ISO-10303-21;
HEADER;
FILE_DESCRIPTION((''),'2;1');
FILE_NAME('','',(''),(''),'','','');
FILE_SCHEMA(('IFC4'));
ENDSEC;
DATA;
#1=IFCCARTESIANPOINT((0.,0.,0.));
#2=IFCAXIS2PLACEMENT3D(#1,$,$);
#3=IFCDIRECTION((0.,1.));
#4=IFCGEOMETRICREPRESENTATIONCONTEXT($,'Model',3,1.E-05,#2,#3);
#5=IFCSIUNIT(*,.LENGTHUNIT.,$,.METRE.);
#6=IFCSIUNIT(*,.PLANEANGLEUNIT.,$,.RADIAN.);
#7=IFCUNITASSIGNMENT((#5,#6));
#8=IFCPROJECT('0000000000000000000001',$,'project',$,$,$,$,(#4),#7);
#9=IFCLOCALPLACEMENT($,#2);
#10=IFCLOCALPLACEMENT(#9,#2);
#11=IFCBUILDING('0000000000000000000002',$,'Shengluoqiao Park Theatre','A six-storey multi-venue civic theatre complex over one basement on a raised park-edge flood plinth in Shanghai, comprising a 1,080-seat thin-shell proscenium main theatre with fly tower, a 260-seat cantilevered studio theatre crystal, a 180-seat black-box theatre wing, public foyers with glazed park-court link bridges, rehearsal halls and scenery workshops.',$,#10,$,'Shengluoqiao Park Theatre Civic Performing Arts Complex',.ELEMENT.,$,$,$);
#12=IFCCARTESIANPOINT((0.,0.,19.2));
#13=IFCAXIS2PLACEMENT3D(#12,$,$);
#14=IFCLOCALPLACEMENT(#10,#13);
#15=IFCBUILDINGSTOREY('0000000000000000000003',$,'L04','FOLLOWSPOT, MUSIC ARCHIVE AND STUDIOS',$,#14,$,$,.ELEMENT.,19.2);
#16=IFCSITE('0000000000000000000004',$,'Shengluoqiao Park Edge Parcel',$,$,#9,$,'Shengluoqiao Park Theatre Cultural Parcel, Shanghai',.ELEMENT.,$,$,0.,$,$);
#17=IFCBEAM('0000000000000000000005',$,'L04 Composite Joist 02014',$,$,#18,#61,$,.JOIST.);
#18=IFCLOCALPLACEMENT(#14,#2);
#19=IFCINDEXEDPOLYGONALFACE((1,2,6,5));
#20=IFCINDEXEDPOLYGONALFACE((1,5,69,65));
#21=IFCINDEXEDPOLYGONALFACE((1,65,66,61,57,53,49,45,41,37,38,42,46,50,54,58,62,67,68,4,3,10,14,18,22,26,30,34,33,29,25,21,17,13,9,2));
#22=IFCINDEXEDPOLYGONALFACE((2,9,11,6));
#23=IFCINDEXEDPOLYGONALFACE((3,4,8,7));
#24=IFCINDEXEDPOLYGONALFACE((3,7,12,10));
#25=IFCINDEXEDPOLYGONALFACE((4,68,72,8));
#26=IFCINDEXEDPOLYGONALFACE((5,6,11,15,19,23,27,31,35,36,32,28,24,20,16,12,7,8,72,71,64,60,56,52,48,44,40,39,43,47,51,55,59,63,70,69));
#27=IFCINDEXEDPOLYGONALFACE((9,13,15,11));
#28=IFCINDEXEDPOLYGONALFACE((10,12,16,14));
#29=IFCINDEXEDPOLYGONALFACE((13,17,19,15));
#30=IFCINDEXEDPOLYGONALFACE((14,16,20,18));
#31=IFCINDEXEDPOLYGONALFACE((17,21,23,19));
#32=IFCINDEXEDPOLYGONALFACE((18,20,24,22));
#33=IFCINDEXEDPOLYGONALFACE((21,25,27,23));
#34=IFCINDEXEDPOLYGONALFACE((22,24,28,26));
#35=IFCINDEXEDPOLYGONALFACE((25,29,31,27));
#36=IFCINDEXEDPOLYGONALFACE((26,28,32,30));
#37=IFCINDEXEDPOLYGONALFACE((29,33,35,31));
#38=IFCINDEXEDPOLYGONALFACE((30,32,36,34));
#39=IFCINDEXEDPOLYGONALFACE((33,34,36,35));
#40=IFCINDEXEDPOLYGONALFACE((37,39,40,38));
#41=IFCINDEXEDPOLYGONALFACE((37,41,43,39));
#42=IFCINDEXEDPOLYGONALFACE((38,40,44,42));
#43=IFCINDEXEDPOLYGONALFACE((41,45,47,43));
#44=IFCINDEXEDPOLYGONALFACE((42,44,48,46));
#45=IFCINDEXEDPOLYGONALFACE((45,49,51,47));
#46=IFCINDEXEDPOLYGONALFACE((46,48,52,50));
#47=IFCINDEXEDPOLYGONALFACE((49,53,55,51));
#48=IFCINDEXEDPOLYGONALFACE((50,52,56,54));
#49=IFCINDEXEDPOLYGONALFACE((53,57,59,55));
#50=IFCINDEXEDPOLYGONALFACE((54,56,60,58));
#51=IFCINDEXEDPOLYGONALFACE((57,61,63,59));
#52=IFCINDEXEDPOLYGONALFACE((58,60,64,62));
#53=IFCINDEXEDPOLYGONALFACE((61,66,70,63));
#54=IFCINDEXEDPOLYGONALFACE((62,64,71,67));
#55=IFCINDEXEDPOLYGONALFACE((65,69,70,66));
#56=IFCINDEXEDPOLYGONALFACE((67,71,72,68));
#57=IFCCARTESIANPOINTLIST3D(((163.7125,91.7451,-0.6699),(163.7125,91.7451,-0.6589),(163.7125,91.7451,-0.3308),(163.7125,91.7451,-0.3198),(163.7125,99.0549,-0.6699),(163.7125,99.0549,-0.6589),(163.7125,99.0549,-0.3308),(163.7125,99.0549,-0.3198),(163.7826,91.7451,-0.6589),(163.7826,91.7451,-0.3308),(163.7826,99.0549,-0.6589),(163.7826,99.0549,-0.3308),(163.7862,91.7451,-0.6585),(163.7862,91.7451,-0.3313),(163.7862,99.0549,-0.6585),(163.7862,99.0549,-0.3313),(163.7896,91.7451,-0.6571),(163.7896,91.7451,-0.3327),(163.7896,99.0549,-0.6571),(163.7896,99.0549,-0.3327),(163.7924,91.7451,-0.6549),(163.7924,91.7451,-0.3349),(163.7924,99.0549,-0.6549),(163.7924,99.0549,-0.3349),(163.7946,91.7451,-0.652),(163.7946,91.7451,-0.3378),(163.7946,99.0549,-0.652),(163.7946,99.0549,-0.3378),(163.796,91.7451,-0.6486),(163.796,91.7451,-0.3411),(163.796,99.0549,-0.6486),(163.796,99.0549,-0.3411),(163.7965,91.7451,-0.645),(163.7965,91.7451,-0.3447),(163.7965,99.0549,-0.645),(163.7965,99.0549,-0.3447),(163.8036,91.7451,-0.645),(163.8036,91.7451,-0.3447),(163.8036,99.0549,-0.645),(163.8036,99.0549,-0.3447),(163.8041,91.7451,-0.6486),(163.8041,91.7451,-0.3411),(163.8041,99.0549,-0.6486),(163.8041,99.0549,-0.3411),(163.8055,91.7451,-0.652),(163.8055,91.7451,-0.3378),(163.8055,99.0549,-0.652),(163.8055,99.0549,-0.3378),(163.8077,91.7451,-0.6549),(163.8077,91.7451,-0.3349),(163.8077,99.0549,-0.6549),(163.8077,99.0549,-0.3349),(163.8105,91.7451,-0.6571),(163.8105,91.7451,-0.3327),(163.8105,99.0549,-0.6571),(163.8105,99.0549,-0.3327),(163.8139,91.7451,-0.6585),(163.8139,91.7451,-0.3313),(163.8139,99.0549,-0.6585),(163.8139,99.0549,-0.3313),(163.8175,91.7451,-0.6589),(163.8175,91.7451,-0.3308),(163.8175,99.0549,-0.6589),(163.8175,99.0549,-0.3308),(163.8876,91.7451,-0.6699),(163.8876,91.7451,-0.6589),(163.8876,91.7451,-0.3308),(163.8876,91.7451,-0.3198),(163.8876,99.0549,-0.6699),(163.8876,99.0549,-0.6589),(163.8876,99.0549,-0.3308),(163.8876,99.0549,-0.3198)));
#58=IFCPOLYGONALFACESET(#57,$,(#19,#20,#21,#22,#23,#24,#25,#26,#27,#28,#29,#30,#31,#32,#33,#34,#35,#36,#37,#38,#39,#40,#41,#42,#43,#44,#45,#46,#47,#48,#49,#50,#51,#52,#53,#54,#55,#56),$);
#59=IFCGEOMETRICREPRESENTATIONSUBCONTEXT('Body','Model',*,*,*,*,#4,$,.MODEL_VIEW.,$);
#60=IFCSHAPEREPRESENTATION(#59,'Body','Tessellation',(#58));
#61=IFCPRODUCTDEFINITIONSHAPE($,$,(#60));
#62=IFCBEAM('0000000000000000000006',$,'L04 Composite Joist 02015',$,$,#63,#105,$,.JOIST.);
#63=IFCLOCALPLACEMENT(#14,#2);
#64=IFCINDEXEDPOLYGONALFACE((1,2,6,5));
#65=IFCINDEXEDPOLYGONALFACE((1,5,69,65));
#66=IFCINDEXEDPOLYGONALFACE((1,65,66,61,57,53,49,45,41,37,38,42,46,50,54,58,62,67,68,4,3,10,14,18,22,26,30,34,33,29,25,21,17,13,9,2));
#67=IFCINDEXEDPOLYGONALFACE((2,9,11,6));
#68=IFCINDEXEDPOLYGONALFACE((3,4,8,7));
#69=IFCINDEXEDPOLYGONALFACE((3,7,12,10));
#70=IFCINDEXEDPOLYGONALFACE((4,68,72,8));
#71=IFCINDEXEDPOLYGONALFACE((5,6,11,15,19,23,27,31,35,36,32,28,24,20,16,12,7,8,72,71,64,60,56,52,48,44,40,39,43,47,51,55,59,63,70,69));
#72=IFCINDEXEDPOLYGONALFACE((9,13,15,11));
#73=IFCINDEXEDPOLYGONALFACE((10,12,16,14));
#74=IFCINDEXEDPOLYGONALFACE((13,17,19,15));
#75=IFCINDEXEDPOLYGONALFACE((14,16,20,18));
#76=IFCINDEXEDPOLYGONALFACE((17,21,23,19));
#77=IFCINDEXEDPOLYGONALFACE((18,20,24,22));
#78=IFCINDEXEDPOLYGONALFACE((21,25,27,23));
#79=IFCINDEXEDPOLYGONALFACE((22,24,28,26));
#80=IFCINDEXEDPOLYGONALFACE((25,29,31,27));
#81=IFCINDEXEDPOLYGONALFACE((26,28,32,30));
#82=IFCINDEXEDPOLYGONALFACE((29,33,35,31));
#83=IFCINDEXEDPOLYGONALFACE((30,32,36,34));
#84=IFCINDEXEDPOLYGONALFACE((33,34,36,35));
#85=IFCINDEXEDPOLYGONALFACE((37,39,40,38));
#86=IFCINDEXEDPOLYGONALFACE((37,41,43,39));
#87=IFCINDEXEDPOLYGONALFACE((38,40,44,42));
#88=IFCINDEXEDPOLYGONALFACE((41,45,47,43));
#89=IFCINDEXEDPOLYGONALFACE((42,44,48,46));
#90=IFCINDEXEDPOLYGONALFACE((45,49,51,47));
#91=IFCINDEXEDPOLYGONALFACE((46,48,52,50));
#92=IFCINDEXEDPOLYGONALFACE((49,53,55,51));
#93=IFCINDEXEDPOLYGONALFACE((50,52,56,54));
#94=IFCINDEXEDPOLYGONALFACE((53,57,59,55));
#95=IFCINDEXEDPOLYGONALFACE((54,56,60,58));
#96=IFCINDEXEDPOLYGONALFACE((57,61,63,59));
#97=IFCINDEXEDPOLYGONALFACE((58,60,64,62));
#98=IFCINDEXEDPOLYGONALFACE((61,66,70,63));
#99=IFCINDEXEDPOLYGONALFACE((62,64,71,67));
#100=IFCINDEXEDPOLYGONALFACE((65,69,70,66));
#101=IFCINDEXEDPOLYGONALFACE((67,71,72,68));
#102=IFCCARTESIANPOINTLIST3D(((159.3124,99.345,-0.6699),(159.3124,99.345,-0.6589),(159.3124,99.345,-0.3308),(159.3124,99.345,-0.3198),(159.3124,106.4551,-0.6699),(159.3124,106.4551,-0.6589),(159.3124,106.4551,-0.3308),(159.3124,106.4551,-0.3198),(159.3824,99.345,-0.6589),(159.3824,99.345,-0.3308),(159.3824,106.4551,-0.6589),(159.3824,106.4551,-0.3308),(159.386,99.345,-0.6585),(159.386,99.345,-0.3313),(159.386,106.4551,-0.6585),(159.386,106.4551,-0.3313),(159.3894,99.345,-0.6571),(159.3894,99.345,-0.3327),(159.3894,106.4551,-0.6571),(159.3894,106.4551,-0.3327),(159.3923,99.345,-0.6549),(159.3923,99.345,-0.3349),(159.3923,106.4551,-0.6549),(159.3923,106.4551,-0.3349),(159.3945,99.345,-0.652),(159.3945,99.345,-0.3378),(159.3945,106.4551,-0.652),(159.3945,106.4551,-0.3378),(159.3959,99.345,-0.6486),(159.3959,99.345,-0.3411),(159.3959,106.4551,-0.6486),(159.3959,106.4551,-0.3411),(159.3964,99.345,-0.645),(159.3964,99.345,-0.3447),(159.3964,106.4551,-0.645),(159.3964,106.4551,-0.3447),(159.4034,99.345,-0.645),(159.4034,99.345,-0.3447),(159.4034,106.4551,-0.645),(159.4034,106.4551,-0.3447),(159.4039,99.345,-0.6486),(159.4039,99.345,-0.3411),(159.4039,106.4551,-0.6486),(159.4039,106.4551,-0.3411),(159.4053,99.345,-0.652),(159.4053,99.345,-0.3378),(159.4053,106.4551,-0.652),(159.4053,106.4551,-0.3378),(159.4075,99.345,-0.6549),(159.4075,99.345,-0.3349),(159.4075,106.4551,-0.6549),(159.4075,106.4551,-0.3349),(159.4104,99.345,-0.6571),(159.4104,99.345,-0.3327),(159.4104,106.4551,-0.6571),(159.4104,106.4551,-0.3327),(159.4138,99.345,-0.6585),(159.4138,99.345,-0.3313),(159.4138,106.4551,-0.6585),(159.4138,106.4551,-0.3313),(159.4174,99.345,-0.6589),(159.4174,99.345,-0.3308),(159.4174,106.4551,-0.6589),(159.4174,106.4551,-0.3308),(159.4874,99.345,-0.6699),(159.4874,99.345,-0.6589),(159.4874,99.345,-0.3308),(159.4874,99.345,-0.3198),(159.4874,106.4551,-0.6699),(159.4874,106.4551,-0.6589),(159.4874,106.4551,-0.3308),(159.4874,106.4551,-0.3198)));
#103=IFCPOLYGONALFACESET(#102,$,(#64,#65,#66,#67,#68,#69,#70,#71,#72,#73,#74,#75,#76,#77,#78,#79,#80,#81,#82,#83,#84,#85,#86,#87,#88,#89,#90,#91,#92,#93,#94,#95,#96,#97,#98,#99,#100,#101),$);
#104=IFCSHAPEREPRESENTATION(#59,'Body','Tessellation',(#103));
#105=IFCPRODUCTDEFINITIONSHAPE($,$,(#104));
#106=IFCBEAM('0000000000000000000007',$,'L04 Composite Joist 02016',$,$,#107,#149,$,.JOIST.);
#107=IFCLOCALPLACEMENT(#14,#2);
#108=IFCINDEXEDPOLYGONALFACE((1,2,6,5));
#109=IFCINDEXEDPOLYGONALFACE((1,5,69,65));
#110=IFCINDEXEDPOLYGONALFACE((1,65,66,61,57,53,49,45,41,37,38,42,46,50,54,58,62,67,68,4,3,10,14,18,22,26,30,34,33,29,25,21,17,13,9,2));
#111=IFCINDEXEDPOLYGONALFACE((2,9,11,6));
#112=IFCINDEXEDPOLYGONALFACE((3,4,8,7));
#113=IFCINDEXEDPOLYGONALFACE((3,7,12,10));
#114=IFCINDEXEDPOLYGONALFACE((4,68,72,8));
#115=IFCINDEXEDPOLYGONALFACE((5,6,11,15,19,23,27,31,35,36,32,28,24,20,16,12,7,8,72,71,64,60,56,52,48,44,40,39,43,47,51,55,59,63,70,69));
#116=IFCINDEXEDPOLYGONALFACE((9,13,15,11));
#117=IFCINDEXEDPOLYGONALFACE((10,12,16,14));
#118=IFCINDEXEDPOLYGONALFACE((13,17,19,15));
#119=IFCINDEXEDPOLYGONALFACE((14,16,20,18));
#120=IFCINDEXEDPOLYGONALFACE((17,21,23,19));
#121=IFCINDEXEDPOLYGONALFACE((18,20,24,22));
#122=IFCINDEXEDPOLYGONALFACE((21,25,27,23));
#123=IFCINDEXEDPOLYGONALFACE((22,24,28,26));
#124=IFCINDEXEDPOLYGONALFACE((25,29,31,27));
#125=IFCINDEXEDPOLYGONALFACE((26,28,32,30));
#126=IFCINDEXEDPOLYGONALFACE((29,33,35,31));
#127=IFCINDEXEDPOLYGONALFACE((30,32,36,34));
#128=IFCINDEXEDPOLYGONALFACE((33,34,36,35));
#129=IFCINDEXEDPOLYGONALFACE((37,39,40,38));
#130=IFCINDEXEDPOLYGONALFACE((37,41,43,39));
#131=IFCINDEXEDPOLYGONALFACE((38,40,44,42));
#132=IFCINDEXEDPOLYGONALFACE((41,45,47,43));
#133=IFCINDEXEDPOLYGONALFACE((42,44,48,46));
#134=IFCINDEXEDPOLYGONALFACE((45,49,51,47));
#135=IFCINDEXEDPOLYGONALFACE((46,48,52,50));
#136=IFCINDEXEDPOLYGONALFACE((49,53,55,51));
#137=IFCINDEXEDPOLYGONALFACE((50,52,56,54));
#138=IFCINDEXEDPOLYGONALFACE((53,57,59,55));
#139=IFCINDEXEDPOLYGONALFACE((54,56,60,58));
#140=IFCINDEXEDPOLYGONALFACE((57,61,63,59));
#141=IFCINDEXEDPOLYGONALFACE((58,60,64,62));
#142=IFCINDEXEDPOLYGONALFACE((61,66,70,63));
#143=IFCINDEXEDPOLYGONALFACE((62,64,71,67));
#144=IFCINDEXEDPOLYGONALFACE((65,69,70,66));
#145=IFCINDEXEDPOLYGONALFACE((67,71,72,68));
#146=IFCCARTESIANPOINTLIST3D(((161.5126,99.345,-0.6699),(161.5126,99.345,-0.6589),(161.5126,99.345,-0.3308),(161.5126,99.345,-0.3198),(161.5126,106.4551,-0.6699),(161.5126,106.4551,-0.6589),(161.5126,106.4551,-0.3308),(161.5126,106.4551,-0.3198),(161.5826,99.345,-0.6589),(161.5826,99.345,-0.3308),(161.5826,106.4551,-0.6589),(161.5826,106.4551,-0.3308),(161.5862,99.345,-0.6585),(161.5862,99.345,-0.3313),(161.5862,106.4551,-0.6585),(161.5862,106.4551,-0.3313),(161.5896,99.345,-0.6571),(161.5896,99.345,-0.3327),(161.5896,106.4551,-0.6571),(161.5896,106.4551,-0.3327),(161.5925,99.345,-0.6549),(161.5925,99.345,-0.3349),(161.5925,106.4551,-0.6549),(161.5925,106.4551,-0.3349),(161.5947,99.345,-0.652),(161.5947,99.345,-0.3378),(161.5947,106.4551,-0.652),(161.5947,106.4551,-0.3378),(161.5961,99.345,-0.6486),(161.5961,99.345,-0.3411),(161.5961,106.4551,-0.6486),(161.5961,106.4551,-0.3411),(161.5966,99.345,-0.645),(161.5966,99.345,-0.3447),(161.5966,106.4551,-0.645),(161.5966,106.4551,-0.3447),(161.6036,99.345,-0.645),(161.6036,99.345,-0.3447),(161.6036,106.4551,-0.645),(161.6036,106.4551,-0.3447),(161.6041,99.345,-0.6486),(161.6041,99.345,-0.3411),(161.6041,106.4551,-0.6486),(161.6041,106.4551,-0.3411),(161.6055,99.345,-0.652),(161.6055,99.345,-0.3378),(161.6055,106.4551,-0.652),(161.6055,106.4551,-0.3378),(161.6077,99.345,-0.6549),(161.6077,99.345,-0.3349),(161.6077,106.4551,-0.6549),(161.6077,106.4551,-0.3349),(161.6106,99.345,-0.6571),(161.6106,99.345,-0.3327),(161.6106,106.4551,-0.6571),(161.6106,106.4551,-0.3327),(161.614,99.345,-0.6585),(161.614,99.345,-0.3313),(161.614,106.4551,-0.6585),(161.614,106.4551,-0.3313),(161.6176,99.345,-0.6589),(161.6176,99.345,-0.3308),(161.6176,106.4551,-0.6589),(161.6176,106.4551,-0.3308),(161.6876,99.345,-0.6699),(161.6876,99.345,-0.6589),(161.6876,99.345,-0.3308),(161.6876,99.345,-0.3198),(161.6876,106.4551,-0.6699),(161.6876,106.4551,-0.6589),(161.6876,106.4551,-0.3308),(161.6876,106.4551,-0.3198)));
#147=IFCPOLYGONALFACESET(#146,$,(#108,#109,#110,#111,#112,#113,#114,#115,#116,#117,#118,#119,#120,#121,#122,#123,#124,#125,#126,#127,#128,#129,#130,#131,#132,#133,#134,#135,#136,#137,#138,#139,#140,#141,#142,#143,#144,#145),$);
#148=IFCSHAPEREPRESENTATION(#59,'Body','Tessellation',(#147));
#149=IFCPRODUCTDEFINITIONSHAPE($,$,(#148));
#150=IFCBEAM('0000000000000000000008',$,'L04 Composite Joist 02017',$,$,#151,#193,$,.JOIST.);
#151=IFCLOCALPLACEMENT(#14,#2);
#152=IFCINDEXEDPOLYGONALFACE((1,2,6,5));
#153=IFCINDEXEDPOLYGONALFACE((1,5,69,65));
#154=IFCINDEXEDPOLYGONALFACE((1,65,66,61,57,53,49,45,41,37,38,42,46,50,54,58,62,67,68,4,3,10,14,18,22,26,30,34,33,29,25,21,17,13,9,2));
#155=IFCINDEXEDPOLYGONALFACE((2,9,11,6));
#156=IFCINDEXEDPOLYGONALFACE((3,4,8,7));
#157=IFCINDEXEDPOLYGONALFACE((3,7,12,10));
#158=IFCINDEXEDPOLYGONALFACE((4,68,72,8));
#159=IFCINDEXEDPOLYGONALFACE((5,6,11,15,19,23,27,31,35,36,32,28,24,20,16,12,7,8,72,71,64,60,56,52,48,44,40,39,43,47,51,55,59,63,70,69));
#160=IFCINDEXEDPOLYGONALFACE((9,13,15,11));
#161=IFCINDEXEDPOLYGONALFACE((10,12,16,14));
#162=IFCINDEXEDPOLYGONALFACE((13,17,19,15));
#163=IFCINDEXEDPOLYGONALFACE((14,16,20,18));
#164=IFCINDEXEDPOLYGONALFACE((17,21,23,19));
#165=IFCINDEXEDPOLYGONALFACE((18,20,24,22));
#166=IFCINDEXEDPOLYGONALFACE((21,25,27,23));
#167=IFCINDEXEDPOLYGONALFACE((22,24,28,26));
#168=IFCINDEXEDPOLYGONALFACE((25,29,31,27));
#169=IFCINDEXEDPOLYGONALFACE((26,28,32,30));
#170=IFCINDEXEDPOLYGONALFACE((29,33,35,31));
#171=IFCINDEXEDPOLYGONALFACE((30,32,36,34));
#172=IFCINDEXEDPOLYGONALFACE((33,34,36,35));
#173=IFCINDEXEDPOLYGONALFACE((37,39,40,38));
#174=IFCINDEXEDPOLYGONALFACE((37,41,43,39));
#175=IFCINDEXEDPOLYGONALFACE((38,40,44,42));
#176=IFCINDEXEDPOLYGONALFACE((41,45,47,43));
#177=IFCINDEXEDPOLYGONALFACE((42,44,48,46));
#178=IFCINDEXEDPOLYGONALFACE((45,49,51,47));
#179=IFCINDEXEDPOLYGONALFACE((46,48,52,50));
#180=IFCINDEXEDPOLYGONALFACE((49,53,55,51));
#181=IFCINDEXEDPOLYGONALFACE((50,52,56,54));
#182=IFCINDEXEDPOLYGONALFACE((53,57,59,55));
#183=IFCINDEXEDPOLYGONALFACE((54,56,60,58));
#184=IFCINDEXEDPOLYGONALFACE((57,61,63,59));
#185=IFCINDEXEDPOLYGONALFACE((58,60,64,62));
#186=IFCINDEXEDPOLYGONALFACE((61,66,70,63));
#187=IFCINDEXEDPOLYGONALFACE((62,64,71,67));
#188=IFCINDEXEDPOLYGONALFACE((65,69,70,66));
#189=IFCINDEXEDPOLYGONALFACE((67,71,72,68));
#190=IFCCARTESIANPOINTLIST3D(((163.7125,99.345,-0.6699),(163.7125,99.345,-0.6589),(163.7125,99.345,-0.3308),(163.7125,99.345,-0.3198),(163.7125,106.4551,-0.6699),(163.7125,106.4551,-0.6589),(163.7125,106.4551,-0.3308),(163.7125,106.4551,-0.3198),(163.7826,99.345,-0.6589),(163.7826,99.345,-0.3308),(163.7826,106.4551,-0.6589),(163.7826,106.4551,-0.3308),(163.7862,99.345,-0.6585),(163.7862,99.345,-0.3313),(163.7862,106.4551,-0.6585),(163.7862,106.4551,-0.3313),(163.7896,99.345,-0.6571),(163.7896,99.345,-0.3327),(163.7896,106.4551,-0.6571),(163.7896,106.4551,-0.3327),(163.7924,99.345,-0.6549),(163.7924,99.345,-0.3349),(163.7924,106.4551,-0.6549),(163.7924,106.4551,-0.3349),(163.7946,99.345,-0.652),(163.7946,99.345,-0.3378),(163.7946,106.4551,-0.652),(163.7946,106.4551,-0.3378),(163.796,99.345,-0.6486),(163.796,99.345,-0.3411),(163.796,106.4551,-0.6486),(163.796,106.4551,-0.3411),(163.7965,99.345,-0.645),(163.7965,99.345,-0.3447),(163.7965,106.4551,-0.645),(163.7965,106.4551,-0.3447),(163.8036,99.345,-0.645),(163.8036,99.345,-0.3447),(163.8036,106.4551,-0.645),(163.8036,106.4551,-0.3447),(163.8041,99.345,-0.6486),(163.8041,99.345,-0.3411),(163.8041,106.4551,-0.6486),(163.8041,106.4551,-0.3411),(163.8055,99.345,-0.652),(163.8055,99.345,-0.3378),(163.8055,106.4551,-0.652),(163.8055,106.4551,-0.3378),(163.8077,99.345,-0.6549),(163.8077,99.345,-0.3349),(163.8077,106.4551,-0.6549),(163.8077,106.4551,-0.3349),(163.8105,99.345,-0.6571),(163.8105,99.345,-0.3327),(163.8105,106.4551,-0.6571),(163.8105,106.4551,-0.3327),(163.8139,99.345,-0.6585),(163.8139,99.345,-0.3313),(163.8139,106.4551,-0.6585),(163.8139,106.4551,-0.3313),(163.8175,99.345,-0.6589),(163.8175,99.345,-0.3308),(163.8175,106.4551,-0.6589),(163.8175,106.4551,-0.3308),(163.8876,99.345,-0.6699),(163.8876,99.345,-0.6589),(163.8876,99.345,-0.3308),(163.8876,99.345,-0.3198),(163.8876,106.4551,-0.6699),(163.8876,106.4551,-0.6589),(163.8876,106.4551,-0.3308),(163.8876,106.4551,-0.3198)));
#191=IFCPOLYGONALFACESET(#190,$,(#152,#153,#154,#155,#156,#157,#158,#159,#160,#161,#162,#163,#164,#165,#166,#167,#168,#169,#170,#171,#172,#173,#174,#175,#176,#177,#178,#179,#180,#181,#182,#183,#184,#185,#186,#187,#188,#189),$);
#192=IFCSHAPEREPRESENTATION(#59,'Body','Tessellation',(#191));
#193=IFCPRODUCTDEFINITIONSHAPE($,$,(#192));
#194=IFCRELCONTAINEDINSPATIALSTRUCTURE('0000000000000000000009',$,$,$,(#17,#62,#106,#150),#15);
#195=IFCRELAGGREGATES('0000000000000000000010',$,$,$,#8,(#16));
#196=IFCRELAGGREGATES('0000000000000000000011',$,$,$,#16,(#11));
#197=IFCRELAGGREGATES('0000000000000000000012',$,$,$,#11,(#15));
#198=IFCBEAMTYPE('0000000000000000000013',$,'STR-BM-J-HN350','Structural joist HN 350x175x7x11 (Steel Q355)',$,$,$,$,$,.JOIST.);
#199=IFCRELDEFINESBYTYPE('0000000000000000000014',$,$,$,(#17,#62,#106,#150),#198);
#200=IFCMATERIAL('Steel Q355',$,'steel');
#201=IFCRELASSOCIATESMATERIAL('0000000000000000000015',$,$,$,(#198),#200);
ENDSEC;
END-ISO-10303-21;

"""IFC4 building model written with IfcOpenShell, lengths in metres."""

from ifc_helpers import new_model, si_unit, direction, frame, origin, origin_2d, place, context, subcontext, project, spatial, i_section, extrude, material, material_profile, profile_set, type_object, element, save


model = new_model("IFC4")

# Units and contexts
model_context = context("Model", 3, precision=1e-05, world=origin(), true_north=direction((0.0, 1.0)))
body_context = subcontext(model_context, "Body", "Model", "MODEL_VIEW")
ifc_project = project(units=[si_unit("LENGTHUNIT", "METRE"), si_unit("PLANEANGLEUNIT", "RADIAN")], contexts=[model_context])

# Site, building, storey
site_placement = place(None, origin())
site = spatial("IfcSite", under=ifc_project, at=site_placement, Name="Shengluoqiao Park Edge Parcel", LongName="Shengluoqiao Park Theatre Cultural Parcel, Shanghai", CompositionType="ELEMENT", RefElevation=0.0)
building_placement = place(site_placement, origin())
building = spatial("IfcBuilding", under=site, at=building_placement, Name="Shengluoqiao Park Theatre", Description="A six-storey multi-venue civic theatre complex over one basement on a raised park-edge flood plinth in Shanghai, comprising a 1,080-seat thin-shell proscenium main theatre with fly tower, a 260-seat cantilevered studio theatre crystal, a 180-seat black-box theatre wing, public foyers with glazed park-court link bridges, rehearsal halls and scenery workshops.", LongName="Shengluoqiao Park Theatre Civic Performing Arts Complex", CompositionType="ELEMENT")
storey_placement = place(building_placement, frame((0.0, 0.0, 19.2)))
storey = spatial("IfcBuildingStorey", under=building, at=storey_placement, Name="L04", Description="FOLLOWSPOT, MUSIC ARCHIVE AND STUDIOS", CompositionType="ELEMENT", Elevation=19.2)

# Shared definitions
ifc_material_1 = material(Name="Steel Q355", Category="steel")

# Beams
ifc_material_profile_1 = material_profile(ifc_material_1, i_section(OverallWidth=0.175, OverallDepth=0.3501, WebThickness=0.0071, FlangeThickness=0.011, FilletRadius=0.0139, at=origin_2d()), Name="HN 350x175x7x11")
ifc_profile_set_1 = profile_set([ifc_material_profile_1], Name="Steel Q355")
beam_type_1 = type_object("IfcBeamType", Name="STR-BM-J-HN350", Description="Structural joist HN 350x175x7x11 (Steel Q355)", PredefinedType="JOIST", material=ifc_profile_set_1)
for number, where, z_axis, x_axis, name in (
    (1, (163.8, 91.7451, -0.4949), (0.0, 1.0, 0.0), (-1.0, 0.0, 0.0), "L04 Composite Joist 02014"),
):
    element("IfcBeam", number, at=place(storey_placement, frame(where, z_axis=z_axis, x_axis=x_axis)), inside=storey, type_object=beam_type_1, Name=name, PredefinedType="JOIST", context=body_context, shape_type="SweptSolid", body=[
        extrude(i_section(OverallWidth=0.175, OverallDepth=0.3501, WebThickness=0.0071, FlangeThickness=0.011, FilletRadius=0.0139, at=origin_2d()), origin(), (0.0, 0.0, 1.0), 7.3098),
    ])
for number, where, z_axis, x_axis, name in (
    (2, (159.3999, 99.345, -0.4949), (0.0, 1.0, 0.0), (-1.0, 0.0, 0.0), "L04 Composite Joist 02015"),
    (3, (161.6001, 99.345, -0.4949), (0.0, 1.0, 0.0), (-1.0, 0.0, 0.0), "L04 Composite Joist 02016"),
    (4, (163.8, 99.345, -0.4949), (0.0, 1.0, 0.0), (-1.0, 0.0, 0.0), "L04 Composite Joist 02017"),
):
    element("IfcBeam", number, at=place(storey_placement, frame(where, z_axis=z_axis, x_axis=x_axis)), inside=storey, type_object=beam_type_1, Name=name, PredefinedType="JOIST", context=body_context, shape_type="SweptSolid", body=[
        extrude(i_section(OverallWidth=0.175, OverallDepth=0.3501, WebThickness=0.0071, FlangeThickness=0.011, FilletRadius=0.0139, at=origin_2d()), origin(), (0.0, 0.0, 1.0), 7.1101),
    ])

save(model, "model.ifc")
